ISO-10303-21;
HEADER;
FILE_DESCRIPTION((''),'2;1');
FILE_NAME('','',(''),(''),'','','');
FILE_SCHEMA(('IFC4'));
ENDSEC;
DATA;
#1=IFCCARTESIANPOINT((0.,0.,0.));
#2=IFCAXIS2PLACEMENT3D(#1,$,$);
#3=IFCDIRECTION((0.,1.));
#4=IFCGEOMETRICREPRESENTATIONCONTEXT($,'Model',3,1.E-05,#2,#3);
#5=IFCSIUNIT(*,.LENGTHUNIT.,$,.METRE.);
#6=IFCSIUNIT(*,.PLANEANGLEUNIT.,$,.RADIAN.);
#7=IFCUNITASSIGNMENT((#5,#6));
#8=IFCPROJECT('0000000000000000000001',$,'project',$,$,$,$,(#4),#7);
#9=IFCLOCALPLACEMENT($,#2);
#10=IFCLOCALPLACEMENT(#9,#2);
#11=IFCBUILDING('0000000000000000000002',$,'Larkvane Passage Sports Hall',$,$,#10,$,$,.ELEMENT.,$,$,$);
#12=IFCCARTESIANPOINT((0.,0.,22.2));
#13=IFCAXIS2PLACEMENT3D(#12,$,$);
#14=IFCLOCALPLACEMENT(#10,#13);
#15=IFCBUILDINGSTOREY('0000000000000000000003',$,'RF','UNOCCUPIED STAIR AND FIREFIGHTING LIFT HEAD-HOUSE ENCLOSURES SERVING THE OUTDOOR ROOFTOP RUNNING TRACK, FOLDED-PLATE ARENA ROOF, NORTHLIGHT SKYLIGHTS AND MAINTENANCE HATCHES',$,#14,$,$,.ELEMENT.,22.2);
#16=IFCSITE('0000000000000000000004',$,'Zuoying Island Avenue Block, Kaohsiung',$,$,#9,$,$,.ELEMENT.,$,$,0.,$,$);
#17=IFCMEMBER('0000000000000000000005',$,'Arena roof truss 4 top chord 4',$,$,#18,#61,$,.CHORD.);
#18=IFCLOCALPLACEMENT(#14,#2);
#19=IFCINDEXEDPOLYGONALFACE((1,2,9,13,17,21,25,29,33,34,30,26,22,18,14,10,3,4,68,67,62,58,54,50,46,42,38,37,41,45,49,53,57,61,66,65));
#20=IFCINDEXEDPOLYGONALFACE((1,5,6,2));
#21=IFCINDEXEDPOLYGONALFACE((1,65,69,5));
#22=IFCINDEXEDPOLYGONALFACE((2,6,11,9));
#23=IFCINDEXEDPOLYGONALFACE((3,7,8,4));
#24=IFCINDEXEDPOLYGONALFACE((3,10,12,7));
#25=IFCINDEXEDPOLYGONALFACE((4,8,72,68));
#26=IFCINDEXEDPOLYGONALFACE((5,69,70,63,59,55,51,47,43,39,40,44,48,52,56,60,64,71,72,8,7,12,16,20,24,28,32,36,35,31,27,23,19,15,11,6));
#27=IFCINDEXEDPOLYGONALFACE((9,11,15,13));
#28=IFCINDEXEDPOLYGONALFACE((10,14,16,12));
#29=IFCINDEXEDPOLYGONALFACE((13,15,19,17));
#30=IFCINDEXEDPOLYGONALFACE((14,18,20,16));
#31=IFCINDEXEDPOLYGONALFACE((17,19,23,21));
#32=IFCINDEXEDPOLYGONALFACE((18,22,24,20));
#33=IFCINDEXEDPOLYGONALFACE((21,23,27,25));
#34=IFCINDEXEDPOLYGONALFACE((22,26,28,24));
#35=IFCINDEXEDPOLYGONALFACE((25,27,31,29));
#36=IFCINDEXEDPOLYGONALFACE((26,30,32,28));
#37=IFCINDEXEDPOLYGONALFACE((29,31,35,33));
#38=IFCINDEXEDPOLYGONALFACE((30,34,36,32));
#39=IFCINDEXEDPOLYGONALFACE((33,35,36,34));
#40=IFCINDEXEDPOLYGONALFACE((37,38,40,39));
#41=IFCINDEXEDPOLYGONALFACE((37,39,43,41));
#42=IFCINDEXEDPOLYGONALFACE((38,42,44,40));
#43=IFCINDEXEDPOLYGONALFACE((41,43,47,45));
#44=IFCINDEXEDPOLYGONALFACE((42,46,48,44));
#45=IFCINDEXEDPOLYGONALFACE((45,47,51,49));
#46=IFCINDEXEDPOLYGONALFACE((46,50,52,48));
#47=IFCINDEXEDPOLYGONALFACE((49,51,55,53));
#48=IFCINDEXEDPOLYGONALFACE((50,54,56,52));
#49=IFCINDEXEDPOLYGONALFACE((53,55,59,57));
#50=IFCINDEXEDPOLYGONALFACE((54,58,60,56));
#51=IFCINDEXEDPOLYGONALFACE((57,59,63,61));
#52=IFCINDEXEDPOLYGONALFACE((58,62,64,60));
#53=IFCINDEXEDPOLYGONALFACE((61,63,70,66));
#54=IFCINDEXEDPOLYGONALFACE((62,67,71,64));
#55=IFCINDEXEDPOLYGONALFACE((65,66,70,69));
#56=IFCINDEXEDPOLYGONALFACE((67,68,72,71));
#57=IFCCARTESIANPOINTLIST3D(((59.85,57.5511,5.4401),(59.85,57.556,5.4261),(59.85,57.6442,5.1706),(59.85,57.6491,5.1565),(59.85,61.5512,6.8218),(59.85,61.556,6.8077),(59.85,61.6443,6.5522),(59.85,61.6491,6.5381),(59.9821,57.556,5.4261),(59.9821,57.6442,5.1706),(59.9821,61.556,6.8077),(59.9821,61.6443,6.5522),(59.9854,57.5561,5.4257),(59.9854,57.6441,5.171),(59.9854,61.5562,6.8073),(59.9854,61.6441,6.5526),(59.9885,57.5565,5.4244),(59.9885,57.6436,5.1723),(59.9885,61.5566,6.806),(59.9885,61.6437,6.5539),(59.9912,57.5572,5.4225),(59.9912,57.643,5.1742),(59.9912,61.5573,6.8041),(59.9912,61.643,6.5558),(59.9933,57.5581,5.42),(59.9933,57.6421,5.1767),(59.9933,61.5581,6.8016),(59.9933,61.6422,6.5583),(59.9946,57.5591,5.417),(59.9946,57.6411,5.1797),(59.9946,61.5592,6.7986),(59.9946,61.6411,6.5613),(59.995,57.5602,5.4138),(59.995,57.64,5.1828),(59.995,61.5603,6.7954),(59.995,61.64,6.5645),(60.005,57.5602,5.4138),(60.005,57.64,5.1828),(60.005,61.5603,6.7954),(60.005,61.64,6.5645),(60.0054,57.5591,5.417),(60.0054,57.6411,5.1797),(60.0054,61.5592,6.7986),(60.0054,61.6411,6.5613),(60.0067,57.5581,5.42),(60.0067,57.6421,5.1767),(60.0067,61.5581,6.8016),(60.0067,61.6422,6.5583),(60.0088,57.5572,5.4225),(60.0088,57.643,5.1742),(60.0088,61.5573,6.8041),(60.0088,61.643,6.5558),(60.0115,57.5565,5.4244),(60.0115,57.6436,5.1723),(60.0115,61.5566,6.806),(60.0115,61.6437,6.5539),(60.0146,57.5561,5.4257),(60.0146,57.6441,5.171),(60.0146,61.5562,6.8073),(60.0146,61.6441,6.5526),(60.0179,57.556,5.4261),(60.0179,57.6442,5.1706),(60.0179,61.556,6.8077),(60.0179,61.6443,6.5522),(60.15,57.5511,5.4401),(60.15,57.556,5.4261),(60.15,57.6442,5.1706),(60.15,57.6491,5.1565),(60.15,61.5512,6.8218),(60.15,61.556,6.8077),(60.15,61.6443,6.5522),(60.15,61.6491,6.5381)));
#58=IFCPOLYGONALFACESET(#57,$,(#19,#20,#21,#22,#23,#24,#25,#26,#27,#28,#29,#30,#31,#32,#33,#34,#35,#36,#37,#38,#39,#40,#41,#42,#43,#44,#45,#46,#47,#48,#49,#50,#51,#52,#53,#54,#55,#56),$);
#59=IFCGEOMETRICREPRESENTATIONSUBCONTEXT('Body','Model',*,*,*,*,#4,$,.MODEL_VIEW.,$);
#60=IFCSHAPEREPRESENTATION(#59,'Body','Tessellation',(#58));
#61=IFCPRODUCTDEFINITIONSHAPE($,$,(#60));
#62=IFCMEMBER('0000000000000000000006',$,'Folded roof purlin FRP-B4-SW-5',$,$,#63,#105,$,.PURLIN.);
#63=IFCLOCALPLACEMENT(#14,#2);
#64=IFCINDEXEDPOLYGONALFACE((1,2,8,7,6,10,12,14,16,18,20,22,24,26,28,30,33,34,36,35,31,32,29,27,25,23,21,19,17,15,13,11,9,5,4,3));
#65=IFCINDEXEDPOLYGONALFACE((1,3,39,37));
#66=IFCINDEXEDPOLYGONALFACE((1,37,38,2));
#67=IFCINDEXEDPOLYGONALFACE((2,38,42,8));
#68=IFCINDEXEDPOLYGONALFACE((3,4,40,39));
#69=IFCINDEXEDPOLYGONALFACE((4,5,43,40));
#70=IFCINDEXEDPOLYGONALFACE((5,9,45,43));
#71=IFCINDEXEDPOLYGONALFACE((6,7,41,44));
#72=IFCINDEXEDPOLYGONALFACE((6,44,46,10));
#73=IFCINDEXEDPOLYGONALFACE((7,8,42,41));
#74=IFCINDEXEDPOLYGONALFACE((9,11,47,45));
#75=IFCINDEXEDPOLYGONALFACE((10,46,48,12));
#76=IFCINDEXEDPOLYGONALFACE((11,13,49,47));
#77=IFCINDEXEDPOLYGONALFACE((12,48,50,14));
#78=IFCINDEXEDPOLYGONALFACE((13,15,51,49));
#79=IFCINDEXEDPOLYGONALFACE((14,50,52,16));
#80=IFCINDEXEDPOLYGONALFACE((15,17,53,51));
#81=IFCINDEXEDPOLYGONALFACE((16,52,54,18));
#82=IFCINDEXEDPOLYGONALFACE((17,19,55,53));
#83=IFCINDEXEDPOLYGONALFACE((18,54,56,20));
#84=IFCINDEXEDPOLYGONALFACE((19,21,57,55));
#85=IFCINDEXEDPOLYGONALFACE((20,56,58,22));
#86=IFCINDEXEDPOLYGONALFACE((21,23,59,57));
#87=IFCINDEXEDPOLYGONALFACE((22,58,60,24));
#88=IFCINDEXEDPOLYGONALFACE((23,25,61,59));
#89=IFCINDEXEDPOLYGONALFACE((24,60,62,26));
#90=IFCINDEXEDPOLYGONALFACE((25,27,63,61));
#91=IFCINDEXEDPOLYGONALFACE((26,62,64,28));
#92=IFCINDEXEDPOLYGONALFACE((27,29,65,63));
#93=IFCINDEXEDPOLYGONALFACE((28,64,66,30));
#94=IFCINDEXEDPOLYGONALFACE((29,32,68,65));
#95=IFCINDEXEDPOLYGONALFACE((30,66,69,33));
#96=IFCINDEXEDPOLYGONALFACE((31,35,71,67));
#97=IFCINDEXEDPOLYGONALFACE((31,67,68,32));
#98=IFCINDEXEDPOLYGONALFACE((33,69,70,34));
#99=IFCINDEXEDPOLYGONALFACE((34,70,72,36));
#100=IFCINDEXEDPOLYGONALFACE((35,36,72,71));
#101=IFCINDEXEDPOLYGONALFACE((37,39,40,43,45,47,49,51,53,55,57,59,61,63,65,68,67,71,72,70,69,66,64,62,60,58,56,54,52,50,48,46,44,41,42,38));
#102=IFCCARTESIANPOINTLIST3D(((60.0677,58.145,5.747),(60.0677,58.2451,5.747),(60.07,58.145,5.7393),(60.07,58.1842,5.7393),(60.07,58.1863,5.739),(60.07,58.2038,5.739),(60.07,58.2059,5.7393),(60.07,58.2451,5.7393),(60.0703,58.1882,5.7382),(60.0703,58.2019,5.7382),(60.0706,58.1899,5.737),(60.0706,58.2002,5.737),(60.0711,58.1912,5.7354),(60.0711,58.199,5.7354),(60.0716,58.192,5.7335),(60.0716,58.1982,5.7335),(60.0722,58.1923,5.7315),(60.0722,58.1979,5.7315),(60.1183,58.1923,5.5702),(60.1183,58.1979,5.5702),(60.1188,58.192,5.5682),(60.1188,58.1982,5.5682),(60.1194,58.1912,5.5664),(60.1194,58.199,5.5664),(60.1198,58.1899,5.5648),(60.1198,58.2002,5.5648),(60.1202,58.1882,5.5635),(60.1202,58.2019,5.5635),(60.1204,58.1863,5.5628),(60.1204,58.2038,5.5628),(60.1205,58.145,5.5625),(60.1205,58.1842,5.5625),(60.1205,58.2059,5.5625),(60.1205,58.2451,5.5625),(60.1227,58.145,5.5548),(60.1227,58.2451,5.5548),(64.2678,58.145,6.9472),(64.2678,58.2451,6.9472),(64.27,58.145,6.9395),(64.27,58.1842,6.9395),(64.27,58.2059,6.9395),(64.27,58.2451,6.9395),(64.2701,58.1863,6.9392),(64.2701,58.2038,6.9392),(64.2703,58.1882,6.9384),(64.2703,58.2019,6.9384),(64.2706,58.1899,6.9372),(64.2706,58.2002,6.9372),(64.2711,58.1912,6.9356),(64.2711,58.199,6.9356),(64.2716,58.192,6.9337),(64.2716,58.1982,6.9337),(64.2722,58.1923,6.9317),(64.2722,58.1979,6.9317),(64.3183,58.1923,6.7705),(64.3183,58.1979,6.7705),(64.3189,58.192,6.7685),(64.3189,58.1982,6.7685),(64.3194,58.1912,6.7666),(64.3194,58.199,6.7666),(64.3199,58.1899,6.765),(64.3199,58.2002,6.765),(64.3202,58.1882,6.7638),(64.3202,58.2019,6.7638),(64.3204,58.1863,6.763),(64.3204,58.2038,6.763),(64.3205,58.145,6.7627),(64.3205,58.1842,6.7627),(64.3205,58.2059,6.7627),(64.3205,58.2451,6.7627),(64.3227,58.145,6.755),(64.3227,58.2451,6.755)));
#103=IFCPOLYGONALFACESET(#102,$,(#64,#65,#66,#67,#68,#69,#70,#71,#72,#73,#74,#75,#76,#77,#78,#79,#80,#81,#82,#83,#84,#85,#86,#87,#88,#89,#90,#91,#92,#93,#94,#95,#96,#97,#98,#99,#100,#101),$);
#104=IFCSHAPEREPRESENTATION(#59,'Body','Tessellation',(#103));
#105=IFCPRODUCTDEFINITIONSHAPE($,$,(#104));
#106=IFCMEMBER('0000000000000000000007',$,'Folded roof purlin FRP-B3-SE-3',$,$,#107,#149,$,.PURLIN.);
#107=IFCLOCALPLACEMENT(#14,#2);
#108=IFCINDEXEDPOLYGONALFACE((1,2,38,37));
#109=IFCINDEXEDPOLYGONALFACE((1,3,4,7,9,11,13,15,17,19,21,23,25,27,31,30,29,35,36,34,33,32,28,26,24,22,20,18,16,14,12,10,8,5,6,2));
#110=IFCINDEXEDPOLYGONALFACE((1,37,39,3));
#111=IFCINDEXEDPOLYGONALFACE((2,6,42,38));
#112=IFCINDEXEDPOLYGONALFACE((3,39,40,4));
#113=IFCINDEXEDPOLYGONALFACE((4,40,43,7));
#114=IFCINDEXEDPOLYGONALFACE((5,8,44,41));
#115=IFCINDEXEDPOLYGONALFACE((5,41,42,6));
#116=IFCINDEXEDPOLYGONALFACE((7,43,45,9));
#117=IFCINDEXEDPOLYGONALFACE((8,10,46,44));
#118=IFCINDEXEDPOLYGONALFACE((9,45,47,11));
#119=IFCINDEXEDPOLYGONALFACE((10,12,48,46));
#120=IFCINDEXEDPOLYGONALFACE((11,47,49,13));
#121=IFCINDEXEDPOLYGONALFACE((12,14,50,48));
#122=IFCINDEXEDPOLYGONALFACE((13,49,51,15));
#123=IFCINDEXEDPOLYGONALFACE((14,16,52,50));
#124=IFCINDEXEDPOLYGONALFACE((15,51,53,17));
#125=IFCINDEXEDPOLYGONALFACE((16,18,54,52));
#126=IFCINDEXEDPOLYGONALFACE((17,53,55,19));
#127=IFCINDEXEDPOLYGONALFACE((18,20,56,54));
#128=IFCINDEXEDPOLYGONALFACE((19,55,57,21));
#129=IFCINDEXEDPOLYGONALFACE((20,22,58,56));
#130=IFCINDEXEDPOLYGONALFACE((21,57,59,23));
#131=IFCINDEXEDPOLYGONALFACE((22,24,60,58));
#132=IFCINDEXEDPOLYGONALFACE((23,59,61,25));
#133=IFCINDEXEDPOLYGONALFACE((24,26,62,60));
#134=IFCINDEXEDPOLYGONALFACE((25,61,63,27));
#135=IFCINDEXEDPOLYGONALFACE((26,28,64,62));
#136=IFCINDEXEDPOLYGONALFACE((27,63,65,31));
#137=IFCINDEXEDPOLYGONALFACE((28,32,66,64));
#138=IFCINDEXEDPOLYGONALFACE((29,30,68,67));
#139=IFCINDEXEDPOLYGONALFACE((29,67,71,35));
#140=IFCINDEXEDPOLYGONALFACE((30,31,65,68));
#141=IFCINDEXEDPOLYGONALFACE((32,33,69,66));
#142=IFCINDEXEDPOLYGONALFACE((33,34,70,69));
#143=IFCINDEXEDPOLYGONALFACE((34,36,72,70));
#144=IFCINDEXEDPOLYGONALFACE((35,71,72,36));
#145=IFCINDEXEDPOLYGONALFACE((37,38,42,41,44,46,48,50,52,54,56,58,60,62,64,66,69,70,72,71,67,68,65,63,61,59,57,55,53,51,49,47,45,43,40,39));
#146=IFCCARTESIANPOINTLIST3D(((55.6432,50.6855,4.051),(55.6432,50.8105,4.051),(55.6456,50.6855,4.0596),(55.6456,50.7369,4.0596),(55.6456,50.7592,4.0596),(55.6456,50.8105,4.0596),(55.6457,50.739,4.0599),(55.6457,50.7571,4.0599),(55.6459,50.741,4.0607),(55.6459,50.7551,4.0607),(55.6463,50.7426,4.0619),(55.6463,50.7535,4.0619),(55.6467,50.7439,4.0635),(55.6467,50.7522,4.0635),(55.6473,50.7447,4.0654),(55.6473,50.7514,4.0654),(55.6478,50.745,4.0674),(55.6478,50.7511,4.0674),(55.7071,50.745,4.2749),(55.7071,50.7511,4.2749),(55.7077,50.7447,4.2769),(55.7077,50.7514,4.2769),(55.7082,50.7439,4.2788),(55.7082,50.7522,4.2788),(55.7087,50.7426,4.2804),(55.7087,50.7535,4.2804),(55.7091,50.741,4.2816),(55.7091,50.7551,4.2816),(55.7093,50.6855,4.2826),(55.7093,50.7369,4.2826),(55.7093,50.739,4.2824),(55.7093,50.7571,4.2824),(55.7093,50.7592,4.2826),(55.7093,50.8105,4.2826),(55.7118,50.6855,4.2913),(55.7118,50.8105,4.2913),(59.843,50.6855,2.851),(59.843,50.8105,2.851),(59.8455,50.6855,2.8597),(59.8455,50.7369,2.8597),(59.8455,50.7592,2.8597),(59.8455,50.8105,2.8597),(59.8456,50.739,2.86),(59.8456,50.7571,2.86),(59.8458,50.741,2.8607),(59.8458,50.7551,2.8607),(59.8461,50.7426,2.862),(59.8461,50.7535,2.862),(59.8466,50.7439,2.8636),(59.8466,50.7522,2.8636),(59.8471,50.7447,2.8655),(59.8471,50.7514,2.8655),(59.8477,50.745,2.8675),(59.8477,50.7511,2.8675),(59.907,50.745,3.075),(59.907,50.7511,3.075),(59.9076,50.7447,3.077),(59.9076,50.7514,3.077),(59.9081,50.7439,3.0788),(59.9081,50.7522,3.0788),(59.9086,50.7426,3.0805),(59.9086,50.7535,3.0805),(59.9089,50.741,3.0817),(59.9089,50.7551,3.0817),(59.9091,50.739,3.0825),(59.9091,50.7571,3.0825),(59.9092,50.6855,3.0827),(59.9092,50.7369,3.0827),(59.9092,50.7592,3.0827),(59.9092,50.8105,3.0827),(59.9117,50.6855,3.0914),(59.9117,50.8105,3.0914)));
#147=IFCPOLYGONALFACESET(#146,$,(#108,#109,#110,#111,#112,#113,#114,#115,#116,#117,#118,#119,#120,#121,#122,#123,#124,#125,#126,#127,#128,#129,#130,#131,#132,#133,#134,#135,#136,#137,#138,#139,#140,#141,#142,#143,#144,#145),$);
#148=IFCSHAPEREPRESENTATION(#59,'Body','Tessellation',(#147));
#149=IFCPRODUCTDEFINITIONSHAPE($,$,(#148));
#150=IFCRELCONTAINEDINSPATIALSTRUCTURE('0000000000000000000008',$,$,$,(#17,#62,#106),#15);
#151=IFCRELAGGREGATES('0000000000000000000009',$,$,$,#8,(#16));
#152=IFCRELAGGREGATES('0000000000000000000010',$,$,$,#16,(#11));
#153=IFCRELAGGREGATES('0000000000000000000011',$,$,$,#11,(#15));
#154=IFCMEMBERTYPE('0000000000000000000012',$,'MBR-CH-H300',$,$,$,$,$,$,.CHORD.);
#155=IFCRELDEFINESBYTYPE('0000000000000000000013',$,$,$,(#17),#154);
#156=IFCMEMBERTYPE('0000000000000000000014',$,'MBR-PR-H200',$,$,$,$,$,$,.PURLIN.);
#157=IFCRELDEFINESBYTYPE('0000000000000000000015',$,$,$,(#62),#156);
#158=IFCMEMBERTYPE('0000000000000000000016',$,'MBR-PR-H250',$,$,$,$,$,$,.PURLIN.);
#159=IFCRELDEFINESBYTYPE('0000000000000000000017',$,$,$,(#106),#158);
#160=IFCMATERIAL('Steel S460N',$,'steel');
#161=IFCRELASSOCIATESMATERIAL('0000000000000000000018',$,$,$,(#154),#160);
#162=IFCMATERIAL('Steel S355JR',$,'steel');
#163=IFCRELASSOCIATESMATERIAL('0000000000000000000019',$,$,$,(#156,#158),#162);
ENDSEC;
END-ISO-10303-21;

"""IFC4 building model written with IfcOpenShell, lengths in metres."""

from ifc_helpers import new_model, si_unit, direction, frame, origin, origin_2d, place, context, subcontext, project, spatial, i_section, extrude, material, material_profile, profile_set, type_object, element, save


model = new_model("IFC4")

# Units and contexts
model_context = context("Model", 3, precision=1e-05, world=origin(), true_north=direction((0.0, 1.0)))
body_context = subcontext(model_context, "Body", "Model", "MODEL_VIEW")
ifc_project = project(units=[si_unit("LENGTHUNIT", "METRE"), si_unit("PLANEANGLEUNIT", "RADIAN")], contexts=[model_context])

# Site, building, storey
site_placement = place(None, origin())
site = spatial("IfcSite", under=ifc_project, at=site_placement, Name="Zuoying Island Avenue Block, Kaohsiung", CompositionType="ELEMENT", RefElevation=0.0)
building_placement = place(site_placement, origin())
building = spatial("IfcBuilding", under=site, at=building_placement, Name="Larkvane Passage Sports Hall", CompositionType="ELEMENT")
storey_placement = place(building_placement, frame((0.0, 0.0, 22.2)))
storey = spatial("IfcBuildingStorey", under=building, at=storey_placement, Name="RF", Description="UNOCCUPIED STAIR AND FIREFIGHTING LIFT HEAD-HOUSE ENCLOSURES SERVING THE OUTDOOR ROOFTOP RUNNING TRACK, FOLDED-PLATE ARENA ROOF, NORTHLIGHT SKYLIGHTS AND MAINTENANCE HATCHES", CompositionType="ELEMENT", Elevation=22.2)

# Members
ifc_material_1 = material(Name="Steel S355JR", Category="steel")
ifc_material_2 = material(Name="Steel S460N", Category="steel")
ifc_material_profile_1 = material_profile(ifc_material_2, i_section(OverallWidth=0.3, OverallDepth=0.3, WebThickness=0.01, FlangeThickness=0.0149, FilletRadius=0.0129, at=origin_2d()), Name="H-300x300x10x15")
ifc_profile_set_1 = profile_set([ifc_material_profile_1], Name="Steel S460N")
member_type_1 = type_object("IfcMemberType", Name="MBR-CH-H300", PredefinedType="CHORD", material=ifc_profile_set_1)
member_1_placement = place(storey_placement, frame((60.0, 57.6001, 5.2983), z_axis=(0.0, 0.945207, 0.326472), x_axis=(-1.0, 0.0, 0.0)))
element("IfcMember", 1, at=member_1_placement, inside=storey, type_object=member_type_1, Name="Arena roof truss 4 top chord 4", PredefinedType="CHORD", context=body_context, shape_type="SweptSolid", body=[
    extrude(i_section(OverallWidth=0.3, OverallDepth=0.3, WebThickness=0.01, FlangeThickness=0.0149, FilletRadius=0.0129, at=origin_2d()), origin(), (0.0, 0.0, 1.0), 4.2319),
])
ifc_material_profile_2 = material_profile(ifc_material_1, i_section(OverallWidth=0.1001, OverallDepth=0.2, WebThickness=0.0056, FlangeThickness=0.0081, FilletRadius=0.0081, at=origin_2d()), Name="H-200x100x5.5x8")
ifc_profile_set_2 = profile_set([ifc_material_profile_2], Name="Steel S355JR")
member_type_2 = type_object("IfcMemberType", Name="MBR-PR-H200", PredefinedType="PURLIN", material=ifc_profile_set_2)
member_2_placement = place(storey_placement, frame((60.0952, 58.1951, 5.6509), z_axis=(0.961511, 0.0, 0.274765), x_axis=(0.0, 1.0, 0.0)))
element("IfcMember", 2, at=member_2_placement, inside=storey, type_object=member_type_2, Name="Folded roof purlin FRP-B4-SW-5", PredefinedType="PURLIN", context=body_context, shape_type="SweptSolid", body=[
    extrude(i_section(OverallWidth=0.1001, OverallDepth=0.2, WebThickness=0.0056, FlangeThickness=0.0081, FilletRadius=0.0081, at=origin_2d()), origin(), (0.0, 0.0, 1.0), 4.3682),
])
ifc_material_profile_3 = material_profile(ifc_material_1, i_section(OverallWidth=0.125, OverallDepth=0.25, WebThickness=0.0061, FlangeThickness=0.009, FilletRadius=0.0081, at=origin_2d()), Name="H-250x125x6x9")
ifc_profile_set_3 = profile_set([ifc_material_profile_3], Name="Steel S355JR")
member_type_3 = type_object("IfcMemberType", Name="MBR-PR-H250", PredefinedType="PURLIN", material=ifc_profile_set_3)
member_3_placement = place(storey_placement, frame((55.6775, 50.748, 4.1711), z_axis=(0.961526, 0.0, -0.274714), x_axis=(0.0, 1.0, 0.0)))
element("IfcMember", 3, at=member_3_placement, inside=storey, type_object=member_type_3, Name="Folded roof purlin FRP-B3-SE-3", PredefinedType="PURLIN", context=body_context, shape_type="SweptSolid", body=[
    extrude(i_section(OverallWidth=0.125, OverallDepth=0.25, WebThickness=0.0061, FlangeThickness=0.009, FilletRadius=0.0081, at=origin_2d()), origin(), (0.0, 0.0, 1.0), 4.3679),
])

save(model, "model.ifc")
